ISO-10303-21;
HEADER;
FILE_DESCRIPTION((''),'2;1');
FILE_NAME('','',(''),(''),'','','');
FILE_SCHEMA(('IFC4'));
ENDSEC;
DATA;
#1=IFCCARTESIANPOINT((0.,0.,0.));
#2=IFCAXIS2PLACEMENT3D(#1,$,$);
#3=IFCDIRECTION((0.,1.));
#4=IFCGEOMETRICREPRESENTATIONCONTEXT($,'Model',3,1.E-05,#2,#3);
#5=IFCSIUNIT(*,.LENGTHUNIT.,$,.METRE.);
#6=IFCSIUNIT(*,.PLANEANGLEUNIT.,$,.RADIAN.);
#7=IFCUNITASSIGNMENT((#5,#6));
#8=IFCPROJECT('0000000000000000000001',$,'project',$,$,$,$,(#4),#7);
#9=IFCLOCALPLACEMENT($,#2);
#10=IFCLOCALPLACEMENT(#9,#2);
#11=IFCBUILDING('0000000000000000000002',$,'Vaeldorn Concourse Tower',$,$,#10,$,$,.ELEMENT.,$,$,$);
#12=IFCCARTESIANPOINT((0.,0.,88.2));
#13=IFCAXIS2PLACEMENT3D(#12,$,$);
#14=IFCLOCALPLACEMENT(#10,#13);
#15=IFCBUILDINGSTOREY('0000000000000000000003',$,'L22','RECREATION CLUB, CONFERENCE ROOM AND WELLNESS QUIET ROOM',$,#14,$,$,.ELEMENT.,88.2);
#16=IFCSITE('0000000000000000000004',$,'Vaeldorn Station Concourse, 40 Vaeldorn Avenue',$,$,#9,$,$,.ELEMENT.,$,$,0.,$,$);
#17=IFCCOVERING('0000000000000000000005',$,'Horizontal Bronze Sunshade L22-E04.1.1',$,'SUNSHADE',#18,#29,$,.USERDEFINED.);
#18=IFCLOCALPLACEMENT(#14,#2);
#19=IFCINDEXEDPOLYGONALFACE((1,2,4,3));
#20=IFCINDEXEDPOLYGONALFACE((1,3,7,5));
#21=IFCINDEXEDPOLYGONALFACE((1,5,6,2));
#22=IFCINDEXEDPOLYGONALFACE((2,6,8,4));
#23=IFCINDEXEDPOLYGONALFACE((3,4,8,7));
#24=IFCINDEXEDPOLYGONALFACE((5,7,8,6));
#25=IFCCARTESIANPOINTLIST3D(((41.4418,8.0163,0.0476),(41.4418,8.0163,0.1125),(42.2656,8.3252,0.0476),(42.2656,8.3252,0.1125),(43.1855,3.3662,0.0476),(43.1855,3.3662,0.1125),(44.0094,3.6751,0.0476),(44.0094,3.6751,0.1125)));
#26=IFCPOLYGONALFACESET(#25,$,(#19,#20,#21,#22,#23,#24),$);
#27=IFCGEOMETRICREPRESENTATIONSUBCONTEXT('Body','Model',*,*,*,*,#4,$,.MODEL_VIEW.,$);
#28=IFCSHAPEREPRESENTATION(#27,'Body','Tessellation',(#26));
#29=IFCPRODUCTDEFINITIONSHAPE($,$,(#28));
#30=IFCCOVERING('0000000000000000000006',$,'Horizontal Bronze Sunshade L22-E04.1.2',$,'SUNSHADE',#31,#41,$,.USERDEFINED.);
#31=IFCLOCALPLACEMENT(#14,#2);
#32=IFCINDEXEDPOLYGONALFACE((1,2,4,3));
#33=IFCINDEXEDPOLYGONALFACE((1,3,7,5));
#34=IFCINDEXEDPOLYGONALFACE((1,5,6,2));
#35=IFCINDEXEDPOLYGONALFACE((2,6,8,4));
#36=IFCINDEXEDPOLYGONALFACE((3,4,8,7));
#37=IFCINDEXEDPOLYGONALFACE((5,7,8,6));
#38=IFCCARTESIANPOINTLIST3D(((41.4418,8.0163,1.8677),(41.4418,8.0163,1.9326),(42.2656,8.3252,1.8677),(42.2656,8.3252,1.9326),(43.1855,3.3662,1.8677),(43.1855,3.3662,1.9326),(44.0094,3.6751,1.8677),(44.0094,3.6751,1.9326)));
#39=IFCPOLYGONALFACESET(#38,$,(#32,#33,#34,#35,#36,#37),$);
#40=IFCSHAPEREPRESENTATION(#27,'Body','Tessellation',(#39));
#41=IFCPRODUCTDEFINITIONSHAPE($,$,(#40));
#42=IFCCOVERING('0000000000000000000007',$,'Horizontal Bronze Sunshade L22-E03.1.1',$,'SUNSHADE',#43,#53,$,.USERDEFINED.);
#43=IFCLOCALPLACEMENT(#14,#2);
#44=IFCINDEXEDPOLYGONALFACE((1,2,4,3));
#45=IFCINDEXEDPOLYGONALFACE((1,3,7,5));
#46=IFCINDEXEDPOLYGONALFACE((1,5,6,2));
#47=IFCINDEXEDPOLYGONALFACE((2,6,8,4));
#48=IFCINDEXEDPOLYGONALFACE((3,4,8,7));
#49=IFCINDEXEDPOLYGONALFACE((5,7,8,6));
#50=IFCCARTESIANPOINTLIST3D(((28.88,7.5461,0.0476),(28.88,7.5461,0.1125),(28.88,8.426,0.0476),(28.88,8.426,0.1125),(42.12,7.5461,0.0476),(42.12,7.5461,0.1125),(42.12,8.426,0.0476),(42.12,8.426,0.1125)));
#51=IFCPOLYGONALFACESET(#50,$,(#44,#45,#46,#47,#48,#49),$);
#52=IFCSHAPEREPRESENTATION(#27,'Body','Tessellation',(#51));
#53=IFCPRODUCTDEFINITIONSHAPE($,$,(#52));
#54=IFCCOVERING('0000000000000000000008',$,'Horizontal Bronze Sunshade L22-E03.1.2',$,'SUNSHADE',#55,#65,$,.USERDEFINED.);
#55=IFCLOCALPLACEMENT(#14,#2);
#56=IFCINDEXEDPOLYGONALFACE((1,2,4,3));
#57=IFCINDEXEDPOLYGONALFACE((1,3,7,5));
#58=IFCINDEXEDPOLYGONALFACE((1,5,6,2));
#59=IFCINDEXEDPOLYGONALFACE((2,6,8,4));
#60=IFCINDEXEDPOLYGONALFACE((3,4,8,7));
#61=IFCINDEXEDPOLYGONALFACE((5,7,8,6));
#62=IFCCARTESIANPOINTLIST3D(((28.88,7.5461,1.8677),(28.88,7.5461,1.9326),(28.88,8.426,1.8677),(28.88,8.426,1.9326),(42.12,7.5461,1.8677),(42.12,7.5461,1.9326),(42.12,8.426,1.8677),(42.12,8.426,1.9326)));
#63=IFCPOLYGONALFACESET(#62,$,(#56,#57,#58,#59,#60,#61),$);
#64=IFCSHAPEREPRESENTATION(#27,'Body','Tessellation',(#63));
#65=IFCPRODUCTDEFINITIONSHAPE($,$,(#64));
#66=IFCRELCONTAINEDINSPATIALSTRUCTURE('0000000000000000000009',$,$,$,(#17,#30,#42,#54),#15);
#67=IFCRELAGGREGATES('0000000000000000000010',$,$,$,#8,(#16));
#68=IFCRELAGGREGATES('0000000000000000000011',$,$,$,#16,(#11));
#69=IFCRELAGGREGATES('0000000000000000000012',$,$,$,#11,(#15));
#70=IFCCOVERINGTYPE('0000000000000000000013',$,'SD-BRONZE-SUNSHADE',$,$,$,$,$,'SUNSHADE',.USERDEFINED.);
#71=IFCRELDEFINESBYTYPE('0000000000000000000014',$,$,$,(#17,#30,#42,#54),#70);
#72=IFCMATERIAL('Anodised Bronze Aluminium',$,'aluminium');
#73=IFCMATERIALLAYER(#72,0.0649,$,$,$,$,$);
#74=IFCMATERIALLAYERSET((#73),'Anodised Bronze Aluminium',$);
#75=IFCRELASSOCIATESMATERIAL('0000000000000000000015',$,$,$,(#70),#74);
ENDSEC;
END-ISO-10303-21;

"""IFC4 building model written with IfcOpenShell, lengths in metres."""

from ifc_helpers import new_model, si_unit, direction, frame, origin, origin_2d, place, context, subcontext, project, spatial, rectangle, extrude, source, transform, mapped, material, layer, layer_set, type_object, element, save


model = new_model("IFC4")

# Units and contexts
model_context = context("Model", 3, precision=1e-05, world=origin(), true_north=direction((0.0, 1.0)))
body_context = subcontext(model_context, "Body", "Model", "MODEL_VIEW")
ifc_project = project(units=[si_unit("LENGTHUNIT", "METRE"), si_unit("PLANEANGLEUNIT", "RADIAN")], contexts=[model_context])

# Site, building, storey
site_placement = place(None, origin())
site = spatial("IfcSite", under=ifc_project, at=site_placement, Name="Vaeldorn Station Concourse, 40 Vaeldorn Avenue", CompositionType="ELEMENT", RefElevation=0.0)
building_placement = place(site_placement, origin())
building = spatial("IfcBuilding", under=site, at=building_placement, Name="Vaeldorn Concourse Tower", CompositionType="ELEMENT")
storey_placement = place(building_placement, frame((0.0, 0.0, 88.2)))
storey = spatial("IfcBuildingStorey", under=building, at=storey_placement, Name="L22", Description="RECREATION CLUB, CONFERENCE ROOM AND WELLNESS QUIET ROOM", CompositionType="ELEMENT", Elevation=88.2)

# Shared definitions
ifc_material_1 = material(Name="Anodised Bronze Aluminium", Category="aluminium")

# Coverings
ifc_layer_1 = layer(ifc_material_1, 0.0649)
ifc_layer_set_1 = layer_set([ifc_layer_1], Name="Anodised Bronze Aluminium")
covering_type = type_object("IfcCoveringType", Name="SD-BRONZE-SUNSHADE", ElementType="SUNSHADE", PredefinedType="USERDEFINED", material=ifc_layer_set_1)
shared_shape_1 = source(origin(), body_context, "Body", "SweptSolid", [
    extrude(rectangle(XDim=4.9663, YDim=0.8799, at=origin_2d()), origin(), (0.0, 0.0, 1.0), 0.0649),
])
for number, where, z_axis, x_axis, name in (
    (1, (42.7256, 5.8457, 0.0476), (0.0, 0.0, 1.0), (0.351123, -0.936329, 0.0), "Horizontal Bronze Sunshade L22-E04.1.1"),
    (2, (42.7256, 5.8457, 1.8677), (0.0, 0.0, 1.0), (0.351123, -0.936329, 0.0), "Horizontal Bronze Sunshade L22-E04.1.2"),
):
    element("IfcCovering", number, at=place(storey_placement, frame(where, z_axis=z_axis, x_axis=x_axis)), inside=storey, type_object=covering_type, Name=name, ObjectType="SUNSHADE", PredefinedType="USERDEFINED", context=body_context, shape_type="MappedRepresentation", body=[
        mapped(shared_shape_1, transform((0.0, 0.0, 0.0), scale=1.0)),
    ])
shared_shape_2 = source(origin(), body_context, "Body", "SweptSolid", [
    extrude(rectangle(XDim=13.24, YDim=0.8799, at=origin_2d()), origin(), (0.0, 0.0, 1.0), 0.0649),
])
for number, where, z_axis, x_axis, name in (
    (3, (35.5, 7.9861, 0.0476), (0.0, 0.0, 1.0), (1.0, 0.0, 0.0), "Horizontal Bronze Sunshade L22-E03.1.1"),
    (4, (35.5, 7.9861, 1.8677), (0.0, 0.0, 1.0), (1.0, 0.0, 0.0), "Horizontal Bronze Sunshade L22-E03.1.2"),
):
    element("IfcCovering", number, at=place(storey_placement, frame(where, z_axis=z_axis, x_axis=x_axis)), inside=storey, type_object=covering_type, Name=name, ObjectType="SUNSHADE", PredefinedType="USERDEFINED", context=body_context, shape_type="MappedRepresentation", body=[
        mapped(shared_shape_2, transform((0.0, 0.0, 0.0), scale=1.0)),
    ])

save(model, "model.ifc")
